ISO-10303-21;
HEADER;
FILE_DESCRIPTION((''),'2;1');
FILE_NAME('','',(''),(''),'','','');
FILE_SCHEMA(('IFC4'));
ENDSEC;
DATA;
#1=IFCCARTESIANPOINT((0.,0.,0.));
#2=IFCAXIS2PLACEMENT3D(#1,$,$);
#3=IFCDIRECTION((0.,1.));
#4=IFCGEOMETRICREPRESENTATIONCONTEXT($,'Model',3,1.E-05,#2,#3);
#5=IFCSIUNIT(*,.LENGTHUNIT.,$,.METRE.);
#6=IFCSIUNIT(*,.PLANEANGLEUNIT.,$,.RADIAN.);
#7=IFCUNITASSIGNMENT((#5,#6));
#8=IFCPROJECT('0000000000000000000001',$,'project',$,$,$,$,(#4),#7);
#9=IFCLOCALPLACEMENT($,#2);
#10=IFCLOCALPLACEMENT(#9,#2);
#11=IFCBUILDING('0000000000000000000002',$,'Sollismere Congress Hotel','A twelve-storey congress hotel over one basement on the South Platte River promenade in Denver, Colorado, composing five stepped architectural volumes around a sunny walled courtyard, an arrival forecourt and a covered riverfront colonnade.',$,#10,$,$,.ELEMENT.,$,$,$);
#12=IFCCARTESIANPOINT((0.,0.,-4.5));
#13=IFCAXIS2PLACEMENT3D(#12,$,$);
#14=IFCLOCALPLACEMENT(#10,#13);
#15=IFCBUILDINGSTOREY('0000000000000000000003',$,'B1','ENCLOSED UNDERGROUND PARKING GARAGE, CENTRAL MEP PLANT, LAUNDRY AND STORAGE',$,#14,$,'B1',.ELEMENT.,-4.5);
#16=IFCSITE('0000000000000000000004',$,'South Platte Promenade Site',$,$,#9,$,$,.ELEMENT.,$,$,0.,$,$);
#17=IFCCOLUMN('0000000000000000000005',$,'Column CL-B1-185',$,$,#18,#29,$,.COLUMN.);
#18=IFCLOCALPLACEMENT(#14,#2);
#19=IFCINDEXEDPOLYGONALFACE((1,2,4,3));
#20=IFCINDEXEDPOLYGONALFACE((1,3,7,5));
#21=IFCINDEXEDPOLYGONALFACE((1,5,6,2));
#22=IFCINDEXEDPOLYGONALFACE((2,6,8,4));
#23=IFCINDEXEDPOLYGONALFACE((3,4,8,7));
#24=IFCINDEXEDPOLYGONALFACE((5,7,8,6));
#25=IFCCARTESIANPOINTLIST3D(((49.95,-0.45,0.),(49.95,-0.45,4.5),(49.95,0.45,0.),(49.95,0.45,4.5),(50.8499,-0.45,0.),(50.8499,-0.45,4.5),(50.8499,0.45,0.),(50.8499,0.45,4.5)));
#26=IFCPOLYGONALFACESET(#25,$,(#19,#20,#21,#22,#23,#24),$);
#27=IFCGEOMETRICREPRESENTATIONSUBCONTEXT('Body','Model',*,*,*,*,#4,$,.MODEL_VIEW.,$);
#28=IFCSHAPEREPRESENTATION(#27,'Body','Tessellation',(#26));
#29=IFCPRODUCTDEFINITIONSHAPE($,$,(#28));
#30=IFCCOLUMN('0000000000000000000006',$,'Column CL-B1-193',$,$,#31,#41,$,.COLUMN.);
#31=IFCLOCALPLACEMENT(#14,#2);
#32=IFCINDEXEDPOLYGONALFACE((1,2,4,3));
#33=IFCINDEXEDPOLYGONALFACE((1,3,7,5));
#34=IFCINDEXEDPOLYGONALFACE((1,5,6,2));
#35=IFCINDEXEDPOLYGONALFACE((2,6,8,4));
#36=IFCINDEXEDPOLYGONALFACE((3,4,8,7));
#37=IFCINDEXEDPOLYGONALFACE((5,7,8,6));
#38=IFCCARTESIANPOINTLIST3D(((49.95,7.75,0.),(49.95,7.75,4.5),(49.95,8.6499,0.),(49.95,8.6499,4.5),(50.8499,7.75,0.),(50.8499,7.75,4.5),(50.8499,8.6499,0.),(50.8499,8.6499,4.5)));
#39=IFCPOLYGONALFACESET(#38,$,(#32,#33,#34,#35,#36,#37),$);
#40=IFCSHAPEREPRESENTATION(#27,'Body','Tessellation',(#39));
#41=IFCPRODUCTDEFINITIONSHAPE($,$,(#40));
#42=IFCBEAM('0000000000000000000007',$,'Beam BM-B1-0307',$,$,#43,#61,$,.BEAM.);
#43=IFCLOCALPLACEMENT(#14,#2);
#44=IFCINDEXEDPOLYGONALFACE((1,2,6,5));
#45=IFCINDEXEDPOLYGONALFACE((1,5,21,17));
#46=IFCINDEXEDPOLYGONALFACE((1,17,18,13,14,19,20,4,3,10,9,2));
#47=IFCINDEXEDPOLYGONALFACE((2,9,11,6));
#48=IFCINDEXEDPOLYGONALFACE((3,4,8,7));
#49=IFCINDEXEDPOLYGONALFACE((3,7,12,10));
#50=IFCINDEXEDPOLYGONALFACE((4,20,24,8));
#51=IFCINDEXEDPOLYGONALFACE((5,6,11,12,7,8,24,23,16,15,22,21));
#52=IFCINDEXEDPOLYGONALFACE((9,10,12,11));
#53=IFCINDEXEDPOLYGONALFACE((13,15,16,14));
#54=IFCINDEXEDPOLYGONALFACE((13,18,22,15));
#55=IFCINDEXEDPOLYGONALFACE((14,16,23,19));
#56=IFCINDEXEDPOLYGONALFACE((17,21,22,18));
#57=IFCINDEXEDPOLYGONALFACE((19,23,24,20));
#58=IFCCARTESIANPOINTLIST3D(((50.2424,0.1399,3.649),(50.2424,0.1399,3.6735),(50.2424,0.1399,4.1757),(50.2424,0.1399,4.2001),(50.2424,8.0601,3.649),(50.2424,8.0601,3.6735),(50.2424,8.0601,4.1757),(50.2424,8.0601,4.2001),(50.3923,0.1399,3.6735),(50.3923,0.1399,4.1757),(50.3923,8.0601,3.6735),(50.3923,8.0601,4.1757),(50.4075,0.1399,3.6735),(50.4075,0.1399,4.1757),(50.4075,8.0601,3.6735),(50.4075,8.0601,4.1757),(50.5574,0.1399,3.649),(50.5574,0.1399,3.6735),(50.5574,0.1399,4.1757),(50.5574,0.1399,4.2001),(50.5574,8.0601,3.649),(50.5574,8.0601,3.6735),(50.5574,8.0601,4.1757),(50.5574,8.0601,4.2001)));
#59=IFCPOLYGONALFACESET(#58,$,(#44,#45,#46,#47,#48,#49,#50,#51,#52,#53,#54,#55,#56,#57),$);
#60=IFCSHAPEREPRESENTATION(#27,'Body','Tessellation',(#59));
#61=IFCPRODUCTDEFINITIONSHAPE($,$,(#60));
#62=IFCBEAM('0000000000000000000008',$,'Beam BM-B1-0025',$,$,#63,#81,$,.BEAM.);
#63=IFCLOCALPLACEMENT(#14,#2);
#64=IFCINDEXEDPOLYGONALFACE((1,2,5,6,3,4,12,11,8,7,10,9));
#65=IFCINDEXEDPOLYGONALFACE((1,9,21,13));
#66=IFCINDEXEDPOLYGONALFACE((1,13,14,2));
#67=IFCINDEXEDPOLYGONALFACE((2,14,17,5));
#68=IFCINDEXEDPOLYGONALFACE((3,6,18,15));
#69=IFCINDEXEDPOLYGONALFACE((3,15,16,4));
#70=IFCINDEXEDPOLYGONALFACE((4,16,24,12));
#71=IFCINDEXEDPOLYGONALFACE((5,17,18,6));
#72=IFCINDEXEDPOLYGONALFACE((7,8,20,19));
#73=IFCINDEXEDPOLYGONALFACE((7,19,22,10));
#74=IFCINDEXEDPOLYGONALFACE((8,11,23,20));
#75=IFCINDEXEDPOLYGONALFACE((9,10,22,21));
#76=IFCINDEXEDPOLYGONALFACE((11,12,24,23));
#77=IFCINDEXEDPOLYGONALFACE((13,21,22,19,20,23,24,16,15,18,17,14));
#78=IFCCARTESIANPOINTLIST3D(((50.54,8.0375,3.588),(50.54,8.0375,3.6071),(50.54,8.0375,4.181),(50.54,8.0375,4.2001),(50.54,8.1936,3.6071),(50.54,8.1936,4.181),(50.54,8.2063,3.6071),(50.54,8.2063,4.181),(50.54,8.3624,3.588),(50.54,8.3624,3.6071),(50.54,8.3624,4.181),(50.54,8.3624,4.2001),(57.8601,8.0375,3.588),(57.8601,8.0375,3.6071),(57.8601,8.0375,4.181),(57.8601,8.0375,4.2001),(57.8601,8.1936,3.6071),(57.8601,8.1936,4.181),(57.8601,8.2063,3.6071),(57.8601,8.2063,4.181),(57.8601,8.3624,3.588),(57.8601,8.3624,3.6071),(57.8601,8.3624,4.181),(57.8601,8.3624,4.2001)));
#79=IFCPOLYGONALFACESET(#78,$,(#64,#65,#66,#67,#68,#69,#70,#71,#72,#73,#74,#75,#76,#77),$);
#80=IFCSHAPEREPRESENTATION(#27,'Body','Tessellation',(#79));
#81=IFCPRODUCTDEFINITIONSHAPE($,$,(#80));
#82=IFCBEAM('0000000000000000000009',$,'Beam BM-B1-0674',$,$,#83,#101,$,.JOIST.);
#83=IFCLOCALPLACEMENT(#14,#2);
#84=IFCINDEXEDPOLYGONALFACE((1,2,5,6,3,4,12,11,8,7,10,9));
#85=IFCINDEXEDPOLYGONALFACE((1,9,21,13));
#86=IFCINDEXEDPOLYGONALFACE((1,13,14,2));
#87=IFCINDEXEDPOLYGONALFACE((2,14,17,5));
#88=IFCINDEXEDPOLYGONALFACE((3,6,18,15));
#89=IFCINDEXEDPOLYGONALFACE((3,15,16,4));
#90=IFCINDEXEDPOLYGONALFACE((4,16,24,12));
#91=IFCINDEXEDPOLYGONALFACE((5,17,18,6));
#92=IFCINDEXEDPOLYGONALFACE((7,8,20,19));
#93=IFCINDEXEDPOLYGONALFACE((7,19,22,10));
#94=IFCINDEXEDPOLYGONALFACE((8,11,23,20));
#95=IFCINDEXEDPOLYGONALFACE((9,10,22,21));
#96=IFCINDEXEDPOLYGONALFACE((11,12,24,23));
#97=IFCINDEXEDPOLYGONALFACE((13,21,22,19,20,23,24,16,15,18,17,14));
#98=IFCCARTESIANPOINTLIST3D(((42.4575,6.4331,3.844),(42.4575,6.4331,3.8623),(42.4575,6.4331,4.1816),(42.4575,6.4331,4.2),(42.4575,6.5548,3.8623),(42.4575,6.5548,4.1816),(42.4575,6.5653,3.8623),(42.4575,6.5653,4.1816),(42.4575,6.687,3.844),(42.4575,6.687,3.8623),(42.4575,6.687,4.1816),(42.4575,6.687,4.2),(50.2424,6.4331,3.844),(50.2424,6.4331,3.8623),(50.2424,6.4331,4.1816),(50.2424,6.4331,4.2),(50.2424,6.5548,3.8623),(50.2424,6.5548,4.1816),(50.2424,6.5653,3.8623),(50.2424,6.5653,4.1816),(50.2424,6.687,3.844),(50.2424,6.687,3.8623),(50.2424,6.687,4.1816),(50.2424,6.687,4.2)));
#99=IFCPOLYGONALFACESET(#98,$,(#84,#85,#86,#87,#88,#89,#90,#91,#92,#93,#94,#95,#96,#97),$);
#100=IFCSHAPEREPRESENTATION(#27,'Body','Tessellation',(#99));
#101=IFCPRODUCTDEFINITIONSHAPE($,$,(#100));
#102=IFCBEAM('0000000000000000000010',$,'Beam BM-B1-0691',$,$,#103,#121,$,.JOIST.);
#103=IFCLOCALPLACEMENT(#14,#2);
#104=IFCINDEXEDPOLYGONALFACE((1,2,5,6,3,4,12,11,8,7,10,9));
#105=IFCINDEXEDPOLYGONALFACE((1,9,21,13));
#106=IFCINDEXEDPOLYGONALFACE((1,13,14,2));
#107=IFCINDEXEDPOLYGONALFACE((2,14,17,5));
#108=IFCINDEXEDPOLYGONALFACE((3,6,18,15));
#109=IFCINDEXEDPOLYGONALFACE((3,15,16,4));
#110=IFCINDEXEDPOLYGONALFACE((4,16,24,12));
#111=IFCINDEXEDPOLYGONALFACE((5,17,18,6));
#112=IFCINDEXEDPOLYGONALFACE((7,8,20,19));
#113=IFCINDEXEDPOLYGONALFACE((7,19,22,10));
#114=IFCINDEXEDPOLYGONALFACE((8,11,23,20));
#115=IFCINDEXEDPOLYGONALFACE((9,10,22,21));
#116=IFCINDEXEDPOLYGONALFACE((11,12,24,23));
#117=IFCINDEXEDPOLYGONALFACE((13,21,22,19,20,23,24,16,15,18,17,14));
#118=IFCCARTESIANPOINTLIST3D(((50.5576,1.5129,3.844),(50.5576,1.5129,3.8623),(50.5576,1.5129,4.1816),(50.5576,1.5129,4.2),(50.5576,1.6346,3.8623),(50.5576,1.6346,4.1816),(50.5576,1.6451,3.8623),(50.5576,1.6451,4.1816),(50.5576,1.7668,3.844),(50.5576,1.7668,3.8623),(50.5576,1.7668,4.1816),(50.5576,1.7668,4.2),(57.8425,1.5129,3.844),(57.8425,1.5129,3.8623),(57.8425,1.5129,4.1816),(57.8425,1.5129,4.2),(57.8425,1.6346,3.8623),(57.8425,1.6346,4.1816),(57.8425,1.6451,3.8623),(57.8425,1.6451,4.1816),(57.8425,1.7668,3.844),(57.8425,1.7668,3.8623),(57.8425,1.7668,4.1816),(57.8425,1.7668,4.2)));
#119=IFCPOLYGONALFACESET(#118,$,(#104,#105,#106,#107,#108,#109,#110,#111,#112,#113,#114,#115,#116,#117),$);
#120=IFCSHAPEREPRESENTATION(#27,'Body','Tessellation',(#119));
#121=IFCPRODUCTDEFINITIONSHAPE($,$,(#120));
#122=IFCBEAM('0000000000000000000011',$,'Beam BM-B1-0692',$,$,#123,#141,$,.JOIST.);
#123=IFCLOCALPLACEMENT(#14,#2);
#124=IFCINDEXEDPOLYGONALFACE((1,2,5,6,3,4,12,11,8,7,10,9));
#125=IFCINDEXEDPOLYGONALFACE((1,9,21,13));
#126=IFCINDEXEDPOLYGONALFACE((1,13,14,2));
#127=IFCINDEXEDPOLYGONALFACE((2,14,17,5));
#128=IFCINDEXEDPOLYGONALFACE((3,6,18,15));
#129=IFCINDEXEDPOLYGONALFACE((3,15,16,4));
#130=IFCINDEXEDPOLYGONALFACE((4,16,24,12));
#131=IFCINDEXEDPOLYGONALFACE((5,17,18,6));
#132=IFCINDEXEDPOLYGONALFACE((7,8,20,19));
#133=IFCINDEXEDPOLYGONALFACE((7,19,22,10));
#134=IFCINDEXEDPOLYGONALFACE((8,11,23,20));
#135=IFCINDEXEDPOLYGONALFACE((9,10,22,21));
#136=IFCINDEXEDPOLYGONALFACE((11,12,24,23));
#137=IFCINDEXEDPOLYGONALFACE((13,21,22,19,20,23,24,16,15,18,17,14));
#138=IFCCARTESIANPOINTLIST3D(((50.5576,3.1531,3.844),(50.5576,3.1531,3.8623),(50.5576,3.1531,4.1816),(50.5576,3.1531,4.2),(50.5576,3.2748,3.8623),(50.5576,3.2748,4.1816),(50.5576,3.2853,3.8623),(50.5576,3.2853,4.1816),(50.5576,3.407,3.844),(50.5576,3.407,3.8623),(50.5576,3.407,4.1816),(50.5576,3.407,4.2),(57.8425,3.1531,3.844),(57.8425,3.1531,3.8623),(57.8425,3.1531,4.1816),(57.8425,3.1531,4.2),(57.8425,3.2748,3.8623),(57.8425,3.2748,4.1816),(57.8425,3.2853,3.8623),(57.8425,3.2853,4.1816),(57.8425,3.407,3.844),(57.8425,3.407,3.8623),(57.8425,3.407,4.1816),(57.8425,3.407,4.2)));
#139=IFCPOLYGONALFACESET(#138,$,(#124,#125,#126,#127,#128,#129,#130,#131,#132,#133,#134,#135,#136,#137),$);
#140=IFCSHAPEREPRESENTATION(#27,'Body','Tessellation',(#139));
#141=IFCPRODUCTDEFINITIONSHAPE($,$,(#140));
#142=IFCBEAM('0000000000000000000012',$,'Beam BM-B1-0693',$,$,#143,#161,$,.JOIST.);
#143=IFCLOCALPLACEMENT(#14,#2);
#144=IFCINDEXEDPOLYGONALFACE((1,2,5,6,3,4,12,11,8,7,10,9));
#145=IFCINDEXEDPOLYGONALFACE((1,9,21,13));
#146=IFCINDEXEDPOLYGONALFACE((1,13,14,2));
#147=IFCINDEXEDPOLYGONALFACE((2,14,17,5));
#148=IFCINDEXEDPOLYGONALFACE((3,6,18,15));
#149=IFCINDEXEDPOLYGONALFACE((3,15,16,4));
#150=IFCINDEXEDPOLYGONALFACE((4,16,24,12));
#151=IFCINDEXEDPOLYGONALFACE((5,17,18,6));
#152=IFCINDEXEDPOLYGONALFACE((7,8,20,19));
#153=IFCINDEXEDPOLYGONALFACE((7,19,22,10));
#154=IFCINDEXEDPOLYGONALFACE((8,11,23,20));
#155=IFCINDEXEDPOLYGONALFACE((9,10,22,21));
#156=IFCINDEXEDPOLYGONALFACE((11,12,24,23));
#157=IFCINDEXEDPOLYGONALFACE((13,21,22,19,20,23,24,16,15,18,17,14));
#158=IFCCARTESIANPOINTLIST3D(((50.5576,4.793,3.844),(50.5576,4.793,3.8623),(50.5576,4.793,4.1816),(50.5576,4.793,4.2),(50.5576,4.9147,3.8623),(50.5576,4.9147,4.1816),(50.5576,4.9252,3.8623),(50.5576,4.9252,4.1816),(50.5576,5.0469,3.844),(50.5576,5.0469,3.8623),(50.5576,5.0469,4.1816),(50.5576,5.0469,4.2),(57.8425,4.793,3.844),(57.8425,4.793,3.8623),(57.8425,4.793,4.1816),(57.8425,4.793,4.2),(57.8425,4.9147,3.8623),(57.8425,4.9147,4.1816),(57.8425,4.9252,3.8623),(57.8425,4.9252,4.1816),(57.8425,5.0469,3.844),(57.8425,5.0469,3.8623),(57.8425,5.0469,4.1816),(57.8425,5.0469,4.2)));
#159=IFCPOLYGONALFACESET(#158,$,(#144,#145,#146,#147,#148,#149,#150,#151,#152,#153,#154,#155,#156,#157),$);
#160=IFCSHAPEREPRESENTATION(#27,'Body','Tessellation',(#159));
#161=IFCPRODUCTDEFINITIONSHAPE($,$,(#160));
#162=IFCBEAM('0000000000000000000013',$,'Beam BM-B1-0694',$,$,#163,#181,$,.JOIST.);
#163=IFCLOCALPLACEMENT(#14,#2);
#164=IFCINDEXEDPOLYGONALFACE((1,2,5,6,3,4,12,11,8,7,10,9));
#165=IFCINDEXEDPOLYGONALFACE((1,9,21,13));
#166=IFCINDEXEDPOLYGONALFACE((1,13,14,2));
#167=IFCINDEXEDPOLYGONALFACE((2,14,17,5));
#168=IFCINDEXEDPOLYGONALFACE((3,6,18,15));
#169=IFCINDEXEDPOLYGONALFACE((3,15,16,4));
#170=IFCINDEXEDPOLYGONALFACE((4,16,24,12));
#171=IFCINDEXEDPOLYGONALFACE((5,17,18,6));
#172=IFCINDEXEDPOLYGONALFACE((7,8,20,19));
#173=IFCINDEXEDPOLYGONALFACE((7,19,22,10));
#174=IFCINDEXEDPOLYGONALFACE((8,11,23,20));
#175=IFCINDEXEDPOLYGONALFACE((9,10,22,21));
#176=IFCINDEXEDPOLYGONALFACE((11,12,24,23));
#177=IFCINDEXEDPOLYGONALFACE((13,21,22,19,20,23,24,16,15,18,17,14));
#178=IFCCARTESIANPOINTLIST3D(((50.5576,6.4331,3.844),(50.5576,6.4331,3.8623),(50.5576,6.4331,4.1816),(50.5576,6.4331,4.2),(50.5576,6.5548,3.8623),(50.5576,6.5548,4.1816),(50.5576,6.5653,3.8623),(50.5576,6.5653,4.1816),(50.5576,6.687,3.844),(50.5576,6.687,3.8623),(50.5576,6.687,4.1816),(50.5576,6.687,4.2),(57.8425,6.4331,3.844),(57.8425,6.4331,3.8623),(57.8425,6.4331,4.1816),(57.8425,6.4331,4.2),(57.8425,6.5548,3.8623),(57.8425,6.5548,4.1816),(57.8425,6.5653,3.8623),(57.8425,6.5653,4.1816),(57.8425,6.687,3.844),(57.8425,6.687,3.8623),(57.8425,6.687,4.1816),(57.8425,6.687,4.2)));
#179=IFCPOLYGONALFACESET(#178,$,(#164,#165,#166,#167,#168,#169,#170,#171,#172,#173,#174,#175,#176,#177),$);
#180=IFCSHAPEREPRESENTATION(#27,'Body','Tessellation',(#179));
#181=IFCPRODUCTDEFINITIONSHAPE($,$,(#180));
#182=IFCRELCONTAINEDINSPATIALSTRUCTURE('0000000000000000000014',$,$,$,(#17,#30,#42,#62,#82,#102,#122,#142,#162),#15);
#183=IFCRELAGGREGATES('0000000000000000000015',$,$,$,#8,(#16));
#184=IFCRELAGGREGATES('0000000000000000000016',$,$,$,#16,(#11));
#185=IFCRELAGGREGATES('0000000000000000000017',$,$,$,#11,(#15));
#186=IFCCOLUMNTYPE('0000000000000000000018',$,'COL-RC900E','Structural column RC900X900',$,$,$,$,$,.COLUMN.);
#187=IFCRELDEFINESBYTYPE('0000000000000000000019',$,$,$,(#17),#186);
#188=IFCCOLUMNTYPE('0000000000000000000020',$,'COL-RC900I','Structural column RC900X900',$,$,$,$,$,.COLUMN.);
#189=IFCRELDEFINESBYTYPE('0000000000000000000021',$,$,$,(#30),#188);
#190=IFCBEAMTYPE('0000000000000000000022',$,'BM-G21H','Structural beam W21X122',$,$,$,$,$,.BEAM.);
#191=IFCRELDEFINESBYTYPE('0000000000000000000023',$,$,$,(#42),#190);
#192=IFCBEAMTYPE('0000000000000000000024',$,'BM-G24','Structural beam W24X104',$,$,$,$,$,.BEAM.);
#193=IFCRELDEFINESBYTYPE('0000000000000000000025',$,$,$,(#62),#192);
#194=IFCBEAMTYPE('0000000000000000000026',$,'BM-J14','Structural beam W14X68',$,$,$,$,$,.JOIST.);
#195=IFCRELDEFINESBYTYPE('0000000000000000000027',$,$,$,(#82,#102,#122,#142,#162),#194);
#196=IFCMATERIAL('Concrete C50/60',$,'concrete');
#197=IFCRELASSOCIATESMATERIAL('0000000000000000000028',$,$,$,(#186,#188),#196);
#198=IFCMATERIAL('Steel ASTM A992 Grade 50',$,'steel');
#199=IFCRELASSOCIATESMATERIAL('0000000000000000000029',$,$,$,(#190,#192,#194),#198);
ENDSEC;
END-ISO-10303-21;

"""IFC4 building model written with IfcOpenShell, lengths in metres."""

from ifc_helpers import new_model, si_unit, direction, frame, origin, origin_2d, place, context, subcontext, project, spatial, rectangle, i_section, extrude, material, material_profile, profile_set, type_object, element, save


model = new_model("IFC4")

# Units and contexts
model_context = context("Model", 3, precision=1e-05, world=origin(), true_north=direction((0.0, 1.0)))
body_context = subcontext(model_context, "Body", "Model", "MODEL_VIEW")
ifc_project = project(units=[si_unit("LENGTHUNIT", "METRE"), si_unit("PLANEANGLEUNIT", "RADIAN")], contexts=[model_context])

# Site, building, storey
site_placement = place(None, origin())
site = spatial("IfcSite", under=ifc_project, at=site_placement, Name="South Platte Promenade Site", CompositionType="ELEMENT", RefElevation=0.0)
building_placement = place(site_placement, origin())
building = spatial("IfcBuilding", under=site, at=building_placement, Name="Sollismere Congress Hotel", Description="A twelve-storey congress hotel over one basement on the South Platte River promenade in Denver, Colorado, composing five stepped architectural volumes around a sunny walled courtyard, an arrival forecourt and a covered riverfront colonnade.", CompositionType="ELEMENT")
storey_placement = place(building_placement, frame((0.0, 0.0, -4.5)))
storey = spatial("IfcBuildingStorey", under=building, at=storey_placement, Name="B1", Description="ENCLOSED UNDERGROUND PARKING GARAGE, CENTRAL MEP PLANT, LAUNDRY AND STORAGE", LongName="B1", CompositionType="ELEMENT", Elevation=-4.5)

# Columns
ifc_material_1 = material(Name="Concrete C50/60", Category="concrete")
ifc_material_profile_1 = material_profile(ifc_material_1, rectangle(XDim=0.8999, YDim=0.8999, at=origin_2d()), Name="RC900X900")
ifc_profile_set_1 = profile_set([ifc_material_profile_1], Name="Concrete C50/60")
column_type_1 = type_object("IfcColumnType", Name="COL-RC900E", Description="Structural column RC900X900", PredefinedType="COLUMN", material=ifc_profile_set_1)
column_1_placement = place(storey_placement, frame((50.3999, 0.0, 0.0), z_axis=(0.0, 0.0, 1.0), x_axis=(0.0, 1.0, 0.0)))
element("IfcColumn", 1, at=column_1_placement, inside=storey, type_object=column_type_1, Name="Column CL-B1-185", PredefinedType="COLUMN", context=body_context, shape_type="SweptSolid", body=[
    extrude(rectangle(XDim=0.8999, YDim=0.8999, at=origin_2d()), origin(), (0.0, 0.0, 1.0), 4.5),
])
ifc_material_profile_2 = material_profile(ifc_material_1, rectangle(XDim=0.8999, YDim=0.8999, at=origin_2d()), Name="RC900X900")
ifc_profile_set_2 = profile_set([ifc_material_profile_2], Name="Concrete C50/60")
column_type_2 = type_object("IfcColumnType", Name="COL-RC900I", Description="Structural column RC900X900", PredefinedType="COLUMN", material=ifc_profile_set_2)
column_2_placement = place(storey_placement, frame((50.3999, 8.2, 0.0), z_axis=(0.0, 0.0, 1.0), x_axis=(1.0, 0.0, 0.0)))
element("IfcColumn", 2, at=column_2_placement, inside=storey, type_object=column_type_2, Name="Column CL-B1-193", PredefinedType="COLUMN", context=body_context, shape_type="SweptSolid", body=[
    extrude(rectangle(XDim=0.8999, YDim=0.8999, at=origin_2d()), origin(), (0.0, 0.0, 1.0), 4.5),
])

# Beams
ifc_material_2 = material(Name="Steel ASTM A992 Grade 50", Category="steel")
ifc_material_profile_3 = material_profile(ifc_material_2, i_section(OverallWidth=0.3149, OverallDepth=0.551, WebThickness=0.0151, FlangeThickness=0.0244, at=origin_2d()), Name="W21X122")
ifc_profile_set_3 = profile_set([ifc_material_profile_3], Name="Steel ASTM A992 Grade 50")
beam_type_1 = type_object("IfcBeamType", Name="BM-G21H", Description="Structural beam W21X122", PredefinedType="BEAM", material=ifc_profile_set_3)
beam_1_placement = place(storey_placement, frame((50.3999, 0.1399, 3.9246), z_axis=(0.0, 1.0, 0.0), x_axis=(-1.0, 0.0, 0.0)))
element("IfcBeam", 3, at=beam_1_placement, inside=storey, type_object=beam_type_1, Name="Beam BM-B1-0307", PredefinedType="BEAM", context=body_context, shape_type="SweptSolid", body=[
    extrude(i_section(OverallWidth=0.3149, OverallDepth=0.551, WebThickness=0.0151, FlangeThickness=0.0244, at=origin_2d()), origin(), (0.0, 0.0, 1.0), 7.9202),
])
ifc_material_profile_4 = material_profile(ifc_material_2, i_section(OverallWidth=0.325, OverallDepth=0.6121, WebThickness=0.0127, FlangeThickness=0.019, at=origin_2d()), Name="W24X104")
ifc_profile_set_4 = profile_set([ifc_material_profile_4], Name="Steel ASTM A992 Grade 50")
beam_type_2 = type_object("IfcBeamType", Name="BM-G24", Description="Structural beam W24X104", PredefinedType="BEAM", material=ifc_profile_set_4)
beam_2_placement = place(storey_placement, frame((50.54, 8.2, 3.894), z_axis=(1.0, 0.0, 0.0), x_axis=(0.0, 1.0, 0.0)))
element("IfcBeam", 4, at=beam_2_placement, inside=storey, type_object=beam_type_2, Name="Beam BM-B1-0025", PredefinedType="BEAM", context=body_context, shape_type="SweptSolid", body=[
    extrude(i_section(OverallWidth=0.325, OverallDepth=0.6121, WebThickness=0.0127, FlangeThickness=0.019, at=origin_2d()), origin(), (0.0, 0.0, 1.0), 7.3201),
])
ifc_material_profile_5 = material_profile(ifc_material_2, i_section(OverallWidth=0.2539, OverallDepth=0.356, WebThickness=0.0105, FlangeThickness=0.0183, at=origin_2d()), Name="W14X68")
ifc_profile_set_5 = profile_set([ifc_material_profile_5], Name="Steel ASTM A992 Grade 50")
beam_type_3 = type_object("IfcBeamType", Name="BM-J14", Description="Structural beam W14X68", PredefinedType="JOIST", material=ifc_profile_set_5)
beam_3_placement = place(storey_placement, frame((42.4575, 6.5601, 4.022), z_axis=(1.0, 0.0, 0.0), x_axis=(0.0, 1.0, 0.0)))
element("IfcBeam", 5, at=beam_3_placement, inside=storey, type_object=beam_type_3, Name="Beam BM-B1-0674", PredefinedType="JOIST", context=body_context, shape_type="SweptSolid", body=[
    extrude(i_section(OverallWidth=0.2539, OverallDepth=0.356, WebThickness=0.0105, FlangeThickness=0.0183, at=origin_2d()), origin(), (0.0, 0.0, 1.0), 7.7849),
])
for number, where, z_axis, x_axis, name in (
    (6, (50.5576, 1.6399, 4.022), (1.0, 0.0, 0.0), (0.0, 1.0, 0.0), "Beam BM-B1-0691"),
    (7, (50.5576, 3.28, 4.022), (1.0, 0.0, 0.0), (0.0, 1.0, 0.0), "Beam BM-B1-0692"),
    (8, (50.5576, 4.9199, 4.022), (1.0, 0.0, 0.0), (0.0, 1.0, 0.0), "Beam BM-B1-0693"),
    (9, (50.5576, 6.5601, 4.022), (1.0, 0.0, 0.0), (0.0, 1.0, 0.0), "Beam BM-B1-0694"),
):
    element("IfcBeam", number, at=place(storey_placement, frame(where, z_axis=z_axis, x_axis=x_axis)), inside=storey, type_object=beam_type_3, Name=name, PredefinedType="JOIST", context=body_context, shape_type="SweptSolid", body=[
        extrude(i_section(OverallWidth=0.2539, OverallDepth=0.356, WebThickness=0.0105, FlangeThickness=0.0183, at=origin_2d()), origin(), (0.0, 0.0, 1.0), 7.2849),
    ])

save(model, "model.ifc")
